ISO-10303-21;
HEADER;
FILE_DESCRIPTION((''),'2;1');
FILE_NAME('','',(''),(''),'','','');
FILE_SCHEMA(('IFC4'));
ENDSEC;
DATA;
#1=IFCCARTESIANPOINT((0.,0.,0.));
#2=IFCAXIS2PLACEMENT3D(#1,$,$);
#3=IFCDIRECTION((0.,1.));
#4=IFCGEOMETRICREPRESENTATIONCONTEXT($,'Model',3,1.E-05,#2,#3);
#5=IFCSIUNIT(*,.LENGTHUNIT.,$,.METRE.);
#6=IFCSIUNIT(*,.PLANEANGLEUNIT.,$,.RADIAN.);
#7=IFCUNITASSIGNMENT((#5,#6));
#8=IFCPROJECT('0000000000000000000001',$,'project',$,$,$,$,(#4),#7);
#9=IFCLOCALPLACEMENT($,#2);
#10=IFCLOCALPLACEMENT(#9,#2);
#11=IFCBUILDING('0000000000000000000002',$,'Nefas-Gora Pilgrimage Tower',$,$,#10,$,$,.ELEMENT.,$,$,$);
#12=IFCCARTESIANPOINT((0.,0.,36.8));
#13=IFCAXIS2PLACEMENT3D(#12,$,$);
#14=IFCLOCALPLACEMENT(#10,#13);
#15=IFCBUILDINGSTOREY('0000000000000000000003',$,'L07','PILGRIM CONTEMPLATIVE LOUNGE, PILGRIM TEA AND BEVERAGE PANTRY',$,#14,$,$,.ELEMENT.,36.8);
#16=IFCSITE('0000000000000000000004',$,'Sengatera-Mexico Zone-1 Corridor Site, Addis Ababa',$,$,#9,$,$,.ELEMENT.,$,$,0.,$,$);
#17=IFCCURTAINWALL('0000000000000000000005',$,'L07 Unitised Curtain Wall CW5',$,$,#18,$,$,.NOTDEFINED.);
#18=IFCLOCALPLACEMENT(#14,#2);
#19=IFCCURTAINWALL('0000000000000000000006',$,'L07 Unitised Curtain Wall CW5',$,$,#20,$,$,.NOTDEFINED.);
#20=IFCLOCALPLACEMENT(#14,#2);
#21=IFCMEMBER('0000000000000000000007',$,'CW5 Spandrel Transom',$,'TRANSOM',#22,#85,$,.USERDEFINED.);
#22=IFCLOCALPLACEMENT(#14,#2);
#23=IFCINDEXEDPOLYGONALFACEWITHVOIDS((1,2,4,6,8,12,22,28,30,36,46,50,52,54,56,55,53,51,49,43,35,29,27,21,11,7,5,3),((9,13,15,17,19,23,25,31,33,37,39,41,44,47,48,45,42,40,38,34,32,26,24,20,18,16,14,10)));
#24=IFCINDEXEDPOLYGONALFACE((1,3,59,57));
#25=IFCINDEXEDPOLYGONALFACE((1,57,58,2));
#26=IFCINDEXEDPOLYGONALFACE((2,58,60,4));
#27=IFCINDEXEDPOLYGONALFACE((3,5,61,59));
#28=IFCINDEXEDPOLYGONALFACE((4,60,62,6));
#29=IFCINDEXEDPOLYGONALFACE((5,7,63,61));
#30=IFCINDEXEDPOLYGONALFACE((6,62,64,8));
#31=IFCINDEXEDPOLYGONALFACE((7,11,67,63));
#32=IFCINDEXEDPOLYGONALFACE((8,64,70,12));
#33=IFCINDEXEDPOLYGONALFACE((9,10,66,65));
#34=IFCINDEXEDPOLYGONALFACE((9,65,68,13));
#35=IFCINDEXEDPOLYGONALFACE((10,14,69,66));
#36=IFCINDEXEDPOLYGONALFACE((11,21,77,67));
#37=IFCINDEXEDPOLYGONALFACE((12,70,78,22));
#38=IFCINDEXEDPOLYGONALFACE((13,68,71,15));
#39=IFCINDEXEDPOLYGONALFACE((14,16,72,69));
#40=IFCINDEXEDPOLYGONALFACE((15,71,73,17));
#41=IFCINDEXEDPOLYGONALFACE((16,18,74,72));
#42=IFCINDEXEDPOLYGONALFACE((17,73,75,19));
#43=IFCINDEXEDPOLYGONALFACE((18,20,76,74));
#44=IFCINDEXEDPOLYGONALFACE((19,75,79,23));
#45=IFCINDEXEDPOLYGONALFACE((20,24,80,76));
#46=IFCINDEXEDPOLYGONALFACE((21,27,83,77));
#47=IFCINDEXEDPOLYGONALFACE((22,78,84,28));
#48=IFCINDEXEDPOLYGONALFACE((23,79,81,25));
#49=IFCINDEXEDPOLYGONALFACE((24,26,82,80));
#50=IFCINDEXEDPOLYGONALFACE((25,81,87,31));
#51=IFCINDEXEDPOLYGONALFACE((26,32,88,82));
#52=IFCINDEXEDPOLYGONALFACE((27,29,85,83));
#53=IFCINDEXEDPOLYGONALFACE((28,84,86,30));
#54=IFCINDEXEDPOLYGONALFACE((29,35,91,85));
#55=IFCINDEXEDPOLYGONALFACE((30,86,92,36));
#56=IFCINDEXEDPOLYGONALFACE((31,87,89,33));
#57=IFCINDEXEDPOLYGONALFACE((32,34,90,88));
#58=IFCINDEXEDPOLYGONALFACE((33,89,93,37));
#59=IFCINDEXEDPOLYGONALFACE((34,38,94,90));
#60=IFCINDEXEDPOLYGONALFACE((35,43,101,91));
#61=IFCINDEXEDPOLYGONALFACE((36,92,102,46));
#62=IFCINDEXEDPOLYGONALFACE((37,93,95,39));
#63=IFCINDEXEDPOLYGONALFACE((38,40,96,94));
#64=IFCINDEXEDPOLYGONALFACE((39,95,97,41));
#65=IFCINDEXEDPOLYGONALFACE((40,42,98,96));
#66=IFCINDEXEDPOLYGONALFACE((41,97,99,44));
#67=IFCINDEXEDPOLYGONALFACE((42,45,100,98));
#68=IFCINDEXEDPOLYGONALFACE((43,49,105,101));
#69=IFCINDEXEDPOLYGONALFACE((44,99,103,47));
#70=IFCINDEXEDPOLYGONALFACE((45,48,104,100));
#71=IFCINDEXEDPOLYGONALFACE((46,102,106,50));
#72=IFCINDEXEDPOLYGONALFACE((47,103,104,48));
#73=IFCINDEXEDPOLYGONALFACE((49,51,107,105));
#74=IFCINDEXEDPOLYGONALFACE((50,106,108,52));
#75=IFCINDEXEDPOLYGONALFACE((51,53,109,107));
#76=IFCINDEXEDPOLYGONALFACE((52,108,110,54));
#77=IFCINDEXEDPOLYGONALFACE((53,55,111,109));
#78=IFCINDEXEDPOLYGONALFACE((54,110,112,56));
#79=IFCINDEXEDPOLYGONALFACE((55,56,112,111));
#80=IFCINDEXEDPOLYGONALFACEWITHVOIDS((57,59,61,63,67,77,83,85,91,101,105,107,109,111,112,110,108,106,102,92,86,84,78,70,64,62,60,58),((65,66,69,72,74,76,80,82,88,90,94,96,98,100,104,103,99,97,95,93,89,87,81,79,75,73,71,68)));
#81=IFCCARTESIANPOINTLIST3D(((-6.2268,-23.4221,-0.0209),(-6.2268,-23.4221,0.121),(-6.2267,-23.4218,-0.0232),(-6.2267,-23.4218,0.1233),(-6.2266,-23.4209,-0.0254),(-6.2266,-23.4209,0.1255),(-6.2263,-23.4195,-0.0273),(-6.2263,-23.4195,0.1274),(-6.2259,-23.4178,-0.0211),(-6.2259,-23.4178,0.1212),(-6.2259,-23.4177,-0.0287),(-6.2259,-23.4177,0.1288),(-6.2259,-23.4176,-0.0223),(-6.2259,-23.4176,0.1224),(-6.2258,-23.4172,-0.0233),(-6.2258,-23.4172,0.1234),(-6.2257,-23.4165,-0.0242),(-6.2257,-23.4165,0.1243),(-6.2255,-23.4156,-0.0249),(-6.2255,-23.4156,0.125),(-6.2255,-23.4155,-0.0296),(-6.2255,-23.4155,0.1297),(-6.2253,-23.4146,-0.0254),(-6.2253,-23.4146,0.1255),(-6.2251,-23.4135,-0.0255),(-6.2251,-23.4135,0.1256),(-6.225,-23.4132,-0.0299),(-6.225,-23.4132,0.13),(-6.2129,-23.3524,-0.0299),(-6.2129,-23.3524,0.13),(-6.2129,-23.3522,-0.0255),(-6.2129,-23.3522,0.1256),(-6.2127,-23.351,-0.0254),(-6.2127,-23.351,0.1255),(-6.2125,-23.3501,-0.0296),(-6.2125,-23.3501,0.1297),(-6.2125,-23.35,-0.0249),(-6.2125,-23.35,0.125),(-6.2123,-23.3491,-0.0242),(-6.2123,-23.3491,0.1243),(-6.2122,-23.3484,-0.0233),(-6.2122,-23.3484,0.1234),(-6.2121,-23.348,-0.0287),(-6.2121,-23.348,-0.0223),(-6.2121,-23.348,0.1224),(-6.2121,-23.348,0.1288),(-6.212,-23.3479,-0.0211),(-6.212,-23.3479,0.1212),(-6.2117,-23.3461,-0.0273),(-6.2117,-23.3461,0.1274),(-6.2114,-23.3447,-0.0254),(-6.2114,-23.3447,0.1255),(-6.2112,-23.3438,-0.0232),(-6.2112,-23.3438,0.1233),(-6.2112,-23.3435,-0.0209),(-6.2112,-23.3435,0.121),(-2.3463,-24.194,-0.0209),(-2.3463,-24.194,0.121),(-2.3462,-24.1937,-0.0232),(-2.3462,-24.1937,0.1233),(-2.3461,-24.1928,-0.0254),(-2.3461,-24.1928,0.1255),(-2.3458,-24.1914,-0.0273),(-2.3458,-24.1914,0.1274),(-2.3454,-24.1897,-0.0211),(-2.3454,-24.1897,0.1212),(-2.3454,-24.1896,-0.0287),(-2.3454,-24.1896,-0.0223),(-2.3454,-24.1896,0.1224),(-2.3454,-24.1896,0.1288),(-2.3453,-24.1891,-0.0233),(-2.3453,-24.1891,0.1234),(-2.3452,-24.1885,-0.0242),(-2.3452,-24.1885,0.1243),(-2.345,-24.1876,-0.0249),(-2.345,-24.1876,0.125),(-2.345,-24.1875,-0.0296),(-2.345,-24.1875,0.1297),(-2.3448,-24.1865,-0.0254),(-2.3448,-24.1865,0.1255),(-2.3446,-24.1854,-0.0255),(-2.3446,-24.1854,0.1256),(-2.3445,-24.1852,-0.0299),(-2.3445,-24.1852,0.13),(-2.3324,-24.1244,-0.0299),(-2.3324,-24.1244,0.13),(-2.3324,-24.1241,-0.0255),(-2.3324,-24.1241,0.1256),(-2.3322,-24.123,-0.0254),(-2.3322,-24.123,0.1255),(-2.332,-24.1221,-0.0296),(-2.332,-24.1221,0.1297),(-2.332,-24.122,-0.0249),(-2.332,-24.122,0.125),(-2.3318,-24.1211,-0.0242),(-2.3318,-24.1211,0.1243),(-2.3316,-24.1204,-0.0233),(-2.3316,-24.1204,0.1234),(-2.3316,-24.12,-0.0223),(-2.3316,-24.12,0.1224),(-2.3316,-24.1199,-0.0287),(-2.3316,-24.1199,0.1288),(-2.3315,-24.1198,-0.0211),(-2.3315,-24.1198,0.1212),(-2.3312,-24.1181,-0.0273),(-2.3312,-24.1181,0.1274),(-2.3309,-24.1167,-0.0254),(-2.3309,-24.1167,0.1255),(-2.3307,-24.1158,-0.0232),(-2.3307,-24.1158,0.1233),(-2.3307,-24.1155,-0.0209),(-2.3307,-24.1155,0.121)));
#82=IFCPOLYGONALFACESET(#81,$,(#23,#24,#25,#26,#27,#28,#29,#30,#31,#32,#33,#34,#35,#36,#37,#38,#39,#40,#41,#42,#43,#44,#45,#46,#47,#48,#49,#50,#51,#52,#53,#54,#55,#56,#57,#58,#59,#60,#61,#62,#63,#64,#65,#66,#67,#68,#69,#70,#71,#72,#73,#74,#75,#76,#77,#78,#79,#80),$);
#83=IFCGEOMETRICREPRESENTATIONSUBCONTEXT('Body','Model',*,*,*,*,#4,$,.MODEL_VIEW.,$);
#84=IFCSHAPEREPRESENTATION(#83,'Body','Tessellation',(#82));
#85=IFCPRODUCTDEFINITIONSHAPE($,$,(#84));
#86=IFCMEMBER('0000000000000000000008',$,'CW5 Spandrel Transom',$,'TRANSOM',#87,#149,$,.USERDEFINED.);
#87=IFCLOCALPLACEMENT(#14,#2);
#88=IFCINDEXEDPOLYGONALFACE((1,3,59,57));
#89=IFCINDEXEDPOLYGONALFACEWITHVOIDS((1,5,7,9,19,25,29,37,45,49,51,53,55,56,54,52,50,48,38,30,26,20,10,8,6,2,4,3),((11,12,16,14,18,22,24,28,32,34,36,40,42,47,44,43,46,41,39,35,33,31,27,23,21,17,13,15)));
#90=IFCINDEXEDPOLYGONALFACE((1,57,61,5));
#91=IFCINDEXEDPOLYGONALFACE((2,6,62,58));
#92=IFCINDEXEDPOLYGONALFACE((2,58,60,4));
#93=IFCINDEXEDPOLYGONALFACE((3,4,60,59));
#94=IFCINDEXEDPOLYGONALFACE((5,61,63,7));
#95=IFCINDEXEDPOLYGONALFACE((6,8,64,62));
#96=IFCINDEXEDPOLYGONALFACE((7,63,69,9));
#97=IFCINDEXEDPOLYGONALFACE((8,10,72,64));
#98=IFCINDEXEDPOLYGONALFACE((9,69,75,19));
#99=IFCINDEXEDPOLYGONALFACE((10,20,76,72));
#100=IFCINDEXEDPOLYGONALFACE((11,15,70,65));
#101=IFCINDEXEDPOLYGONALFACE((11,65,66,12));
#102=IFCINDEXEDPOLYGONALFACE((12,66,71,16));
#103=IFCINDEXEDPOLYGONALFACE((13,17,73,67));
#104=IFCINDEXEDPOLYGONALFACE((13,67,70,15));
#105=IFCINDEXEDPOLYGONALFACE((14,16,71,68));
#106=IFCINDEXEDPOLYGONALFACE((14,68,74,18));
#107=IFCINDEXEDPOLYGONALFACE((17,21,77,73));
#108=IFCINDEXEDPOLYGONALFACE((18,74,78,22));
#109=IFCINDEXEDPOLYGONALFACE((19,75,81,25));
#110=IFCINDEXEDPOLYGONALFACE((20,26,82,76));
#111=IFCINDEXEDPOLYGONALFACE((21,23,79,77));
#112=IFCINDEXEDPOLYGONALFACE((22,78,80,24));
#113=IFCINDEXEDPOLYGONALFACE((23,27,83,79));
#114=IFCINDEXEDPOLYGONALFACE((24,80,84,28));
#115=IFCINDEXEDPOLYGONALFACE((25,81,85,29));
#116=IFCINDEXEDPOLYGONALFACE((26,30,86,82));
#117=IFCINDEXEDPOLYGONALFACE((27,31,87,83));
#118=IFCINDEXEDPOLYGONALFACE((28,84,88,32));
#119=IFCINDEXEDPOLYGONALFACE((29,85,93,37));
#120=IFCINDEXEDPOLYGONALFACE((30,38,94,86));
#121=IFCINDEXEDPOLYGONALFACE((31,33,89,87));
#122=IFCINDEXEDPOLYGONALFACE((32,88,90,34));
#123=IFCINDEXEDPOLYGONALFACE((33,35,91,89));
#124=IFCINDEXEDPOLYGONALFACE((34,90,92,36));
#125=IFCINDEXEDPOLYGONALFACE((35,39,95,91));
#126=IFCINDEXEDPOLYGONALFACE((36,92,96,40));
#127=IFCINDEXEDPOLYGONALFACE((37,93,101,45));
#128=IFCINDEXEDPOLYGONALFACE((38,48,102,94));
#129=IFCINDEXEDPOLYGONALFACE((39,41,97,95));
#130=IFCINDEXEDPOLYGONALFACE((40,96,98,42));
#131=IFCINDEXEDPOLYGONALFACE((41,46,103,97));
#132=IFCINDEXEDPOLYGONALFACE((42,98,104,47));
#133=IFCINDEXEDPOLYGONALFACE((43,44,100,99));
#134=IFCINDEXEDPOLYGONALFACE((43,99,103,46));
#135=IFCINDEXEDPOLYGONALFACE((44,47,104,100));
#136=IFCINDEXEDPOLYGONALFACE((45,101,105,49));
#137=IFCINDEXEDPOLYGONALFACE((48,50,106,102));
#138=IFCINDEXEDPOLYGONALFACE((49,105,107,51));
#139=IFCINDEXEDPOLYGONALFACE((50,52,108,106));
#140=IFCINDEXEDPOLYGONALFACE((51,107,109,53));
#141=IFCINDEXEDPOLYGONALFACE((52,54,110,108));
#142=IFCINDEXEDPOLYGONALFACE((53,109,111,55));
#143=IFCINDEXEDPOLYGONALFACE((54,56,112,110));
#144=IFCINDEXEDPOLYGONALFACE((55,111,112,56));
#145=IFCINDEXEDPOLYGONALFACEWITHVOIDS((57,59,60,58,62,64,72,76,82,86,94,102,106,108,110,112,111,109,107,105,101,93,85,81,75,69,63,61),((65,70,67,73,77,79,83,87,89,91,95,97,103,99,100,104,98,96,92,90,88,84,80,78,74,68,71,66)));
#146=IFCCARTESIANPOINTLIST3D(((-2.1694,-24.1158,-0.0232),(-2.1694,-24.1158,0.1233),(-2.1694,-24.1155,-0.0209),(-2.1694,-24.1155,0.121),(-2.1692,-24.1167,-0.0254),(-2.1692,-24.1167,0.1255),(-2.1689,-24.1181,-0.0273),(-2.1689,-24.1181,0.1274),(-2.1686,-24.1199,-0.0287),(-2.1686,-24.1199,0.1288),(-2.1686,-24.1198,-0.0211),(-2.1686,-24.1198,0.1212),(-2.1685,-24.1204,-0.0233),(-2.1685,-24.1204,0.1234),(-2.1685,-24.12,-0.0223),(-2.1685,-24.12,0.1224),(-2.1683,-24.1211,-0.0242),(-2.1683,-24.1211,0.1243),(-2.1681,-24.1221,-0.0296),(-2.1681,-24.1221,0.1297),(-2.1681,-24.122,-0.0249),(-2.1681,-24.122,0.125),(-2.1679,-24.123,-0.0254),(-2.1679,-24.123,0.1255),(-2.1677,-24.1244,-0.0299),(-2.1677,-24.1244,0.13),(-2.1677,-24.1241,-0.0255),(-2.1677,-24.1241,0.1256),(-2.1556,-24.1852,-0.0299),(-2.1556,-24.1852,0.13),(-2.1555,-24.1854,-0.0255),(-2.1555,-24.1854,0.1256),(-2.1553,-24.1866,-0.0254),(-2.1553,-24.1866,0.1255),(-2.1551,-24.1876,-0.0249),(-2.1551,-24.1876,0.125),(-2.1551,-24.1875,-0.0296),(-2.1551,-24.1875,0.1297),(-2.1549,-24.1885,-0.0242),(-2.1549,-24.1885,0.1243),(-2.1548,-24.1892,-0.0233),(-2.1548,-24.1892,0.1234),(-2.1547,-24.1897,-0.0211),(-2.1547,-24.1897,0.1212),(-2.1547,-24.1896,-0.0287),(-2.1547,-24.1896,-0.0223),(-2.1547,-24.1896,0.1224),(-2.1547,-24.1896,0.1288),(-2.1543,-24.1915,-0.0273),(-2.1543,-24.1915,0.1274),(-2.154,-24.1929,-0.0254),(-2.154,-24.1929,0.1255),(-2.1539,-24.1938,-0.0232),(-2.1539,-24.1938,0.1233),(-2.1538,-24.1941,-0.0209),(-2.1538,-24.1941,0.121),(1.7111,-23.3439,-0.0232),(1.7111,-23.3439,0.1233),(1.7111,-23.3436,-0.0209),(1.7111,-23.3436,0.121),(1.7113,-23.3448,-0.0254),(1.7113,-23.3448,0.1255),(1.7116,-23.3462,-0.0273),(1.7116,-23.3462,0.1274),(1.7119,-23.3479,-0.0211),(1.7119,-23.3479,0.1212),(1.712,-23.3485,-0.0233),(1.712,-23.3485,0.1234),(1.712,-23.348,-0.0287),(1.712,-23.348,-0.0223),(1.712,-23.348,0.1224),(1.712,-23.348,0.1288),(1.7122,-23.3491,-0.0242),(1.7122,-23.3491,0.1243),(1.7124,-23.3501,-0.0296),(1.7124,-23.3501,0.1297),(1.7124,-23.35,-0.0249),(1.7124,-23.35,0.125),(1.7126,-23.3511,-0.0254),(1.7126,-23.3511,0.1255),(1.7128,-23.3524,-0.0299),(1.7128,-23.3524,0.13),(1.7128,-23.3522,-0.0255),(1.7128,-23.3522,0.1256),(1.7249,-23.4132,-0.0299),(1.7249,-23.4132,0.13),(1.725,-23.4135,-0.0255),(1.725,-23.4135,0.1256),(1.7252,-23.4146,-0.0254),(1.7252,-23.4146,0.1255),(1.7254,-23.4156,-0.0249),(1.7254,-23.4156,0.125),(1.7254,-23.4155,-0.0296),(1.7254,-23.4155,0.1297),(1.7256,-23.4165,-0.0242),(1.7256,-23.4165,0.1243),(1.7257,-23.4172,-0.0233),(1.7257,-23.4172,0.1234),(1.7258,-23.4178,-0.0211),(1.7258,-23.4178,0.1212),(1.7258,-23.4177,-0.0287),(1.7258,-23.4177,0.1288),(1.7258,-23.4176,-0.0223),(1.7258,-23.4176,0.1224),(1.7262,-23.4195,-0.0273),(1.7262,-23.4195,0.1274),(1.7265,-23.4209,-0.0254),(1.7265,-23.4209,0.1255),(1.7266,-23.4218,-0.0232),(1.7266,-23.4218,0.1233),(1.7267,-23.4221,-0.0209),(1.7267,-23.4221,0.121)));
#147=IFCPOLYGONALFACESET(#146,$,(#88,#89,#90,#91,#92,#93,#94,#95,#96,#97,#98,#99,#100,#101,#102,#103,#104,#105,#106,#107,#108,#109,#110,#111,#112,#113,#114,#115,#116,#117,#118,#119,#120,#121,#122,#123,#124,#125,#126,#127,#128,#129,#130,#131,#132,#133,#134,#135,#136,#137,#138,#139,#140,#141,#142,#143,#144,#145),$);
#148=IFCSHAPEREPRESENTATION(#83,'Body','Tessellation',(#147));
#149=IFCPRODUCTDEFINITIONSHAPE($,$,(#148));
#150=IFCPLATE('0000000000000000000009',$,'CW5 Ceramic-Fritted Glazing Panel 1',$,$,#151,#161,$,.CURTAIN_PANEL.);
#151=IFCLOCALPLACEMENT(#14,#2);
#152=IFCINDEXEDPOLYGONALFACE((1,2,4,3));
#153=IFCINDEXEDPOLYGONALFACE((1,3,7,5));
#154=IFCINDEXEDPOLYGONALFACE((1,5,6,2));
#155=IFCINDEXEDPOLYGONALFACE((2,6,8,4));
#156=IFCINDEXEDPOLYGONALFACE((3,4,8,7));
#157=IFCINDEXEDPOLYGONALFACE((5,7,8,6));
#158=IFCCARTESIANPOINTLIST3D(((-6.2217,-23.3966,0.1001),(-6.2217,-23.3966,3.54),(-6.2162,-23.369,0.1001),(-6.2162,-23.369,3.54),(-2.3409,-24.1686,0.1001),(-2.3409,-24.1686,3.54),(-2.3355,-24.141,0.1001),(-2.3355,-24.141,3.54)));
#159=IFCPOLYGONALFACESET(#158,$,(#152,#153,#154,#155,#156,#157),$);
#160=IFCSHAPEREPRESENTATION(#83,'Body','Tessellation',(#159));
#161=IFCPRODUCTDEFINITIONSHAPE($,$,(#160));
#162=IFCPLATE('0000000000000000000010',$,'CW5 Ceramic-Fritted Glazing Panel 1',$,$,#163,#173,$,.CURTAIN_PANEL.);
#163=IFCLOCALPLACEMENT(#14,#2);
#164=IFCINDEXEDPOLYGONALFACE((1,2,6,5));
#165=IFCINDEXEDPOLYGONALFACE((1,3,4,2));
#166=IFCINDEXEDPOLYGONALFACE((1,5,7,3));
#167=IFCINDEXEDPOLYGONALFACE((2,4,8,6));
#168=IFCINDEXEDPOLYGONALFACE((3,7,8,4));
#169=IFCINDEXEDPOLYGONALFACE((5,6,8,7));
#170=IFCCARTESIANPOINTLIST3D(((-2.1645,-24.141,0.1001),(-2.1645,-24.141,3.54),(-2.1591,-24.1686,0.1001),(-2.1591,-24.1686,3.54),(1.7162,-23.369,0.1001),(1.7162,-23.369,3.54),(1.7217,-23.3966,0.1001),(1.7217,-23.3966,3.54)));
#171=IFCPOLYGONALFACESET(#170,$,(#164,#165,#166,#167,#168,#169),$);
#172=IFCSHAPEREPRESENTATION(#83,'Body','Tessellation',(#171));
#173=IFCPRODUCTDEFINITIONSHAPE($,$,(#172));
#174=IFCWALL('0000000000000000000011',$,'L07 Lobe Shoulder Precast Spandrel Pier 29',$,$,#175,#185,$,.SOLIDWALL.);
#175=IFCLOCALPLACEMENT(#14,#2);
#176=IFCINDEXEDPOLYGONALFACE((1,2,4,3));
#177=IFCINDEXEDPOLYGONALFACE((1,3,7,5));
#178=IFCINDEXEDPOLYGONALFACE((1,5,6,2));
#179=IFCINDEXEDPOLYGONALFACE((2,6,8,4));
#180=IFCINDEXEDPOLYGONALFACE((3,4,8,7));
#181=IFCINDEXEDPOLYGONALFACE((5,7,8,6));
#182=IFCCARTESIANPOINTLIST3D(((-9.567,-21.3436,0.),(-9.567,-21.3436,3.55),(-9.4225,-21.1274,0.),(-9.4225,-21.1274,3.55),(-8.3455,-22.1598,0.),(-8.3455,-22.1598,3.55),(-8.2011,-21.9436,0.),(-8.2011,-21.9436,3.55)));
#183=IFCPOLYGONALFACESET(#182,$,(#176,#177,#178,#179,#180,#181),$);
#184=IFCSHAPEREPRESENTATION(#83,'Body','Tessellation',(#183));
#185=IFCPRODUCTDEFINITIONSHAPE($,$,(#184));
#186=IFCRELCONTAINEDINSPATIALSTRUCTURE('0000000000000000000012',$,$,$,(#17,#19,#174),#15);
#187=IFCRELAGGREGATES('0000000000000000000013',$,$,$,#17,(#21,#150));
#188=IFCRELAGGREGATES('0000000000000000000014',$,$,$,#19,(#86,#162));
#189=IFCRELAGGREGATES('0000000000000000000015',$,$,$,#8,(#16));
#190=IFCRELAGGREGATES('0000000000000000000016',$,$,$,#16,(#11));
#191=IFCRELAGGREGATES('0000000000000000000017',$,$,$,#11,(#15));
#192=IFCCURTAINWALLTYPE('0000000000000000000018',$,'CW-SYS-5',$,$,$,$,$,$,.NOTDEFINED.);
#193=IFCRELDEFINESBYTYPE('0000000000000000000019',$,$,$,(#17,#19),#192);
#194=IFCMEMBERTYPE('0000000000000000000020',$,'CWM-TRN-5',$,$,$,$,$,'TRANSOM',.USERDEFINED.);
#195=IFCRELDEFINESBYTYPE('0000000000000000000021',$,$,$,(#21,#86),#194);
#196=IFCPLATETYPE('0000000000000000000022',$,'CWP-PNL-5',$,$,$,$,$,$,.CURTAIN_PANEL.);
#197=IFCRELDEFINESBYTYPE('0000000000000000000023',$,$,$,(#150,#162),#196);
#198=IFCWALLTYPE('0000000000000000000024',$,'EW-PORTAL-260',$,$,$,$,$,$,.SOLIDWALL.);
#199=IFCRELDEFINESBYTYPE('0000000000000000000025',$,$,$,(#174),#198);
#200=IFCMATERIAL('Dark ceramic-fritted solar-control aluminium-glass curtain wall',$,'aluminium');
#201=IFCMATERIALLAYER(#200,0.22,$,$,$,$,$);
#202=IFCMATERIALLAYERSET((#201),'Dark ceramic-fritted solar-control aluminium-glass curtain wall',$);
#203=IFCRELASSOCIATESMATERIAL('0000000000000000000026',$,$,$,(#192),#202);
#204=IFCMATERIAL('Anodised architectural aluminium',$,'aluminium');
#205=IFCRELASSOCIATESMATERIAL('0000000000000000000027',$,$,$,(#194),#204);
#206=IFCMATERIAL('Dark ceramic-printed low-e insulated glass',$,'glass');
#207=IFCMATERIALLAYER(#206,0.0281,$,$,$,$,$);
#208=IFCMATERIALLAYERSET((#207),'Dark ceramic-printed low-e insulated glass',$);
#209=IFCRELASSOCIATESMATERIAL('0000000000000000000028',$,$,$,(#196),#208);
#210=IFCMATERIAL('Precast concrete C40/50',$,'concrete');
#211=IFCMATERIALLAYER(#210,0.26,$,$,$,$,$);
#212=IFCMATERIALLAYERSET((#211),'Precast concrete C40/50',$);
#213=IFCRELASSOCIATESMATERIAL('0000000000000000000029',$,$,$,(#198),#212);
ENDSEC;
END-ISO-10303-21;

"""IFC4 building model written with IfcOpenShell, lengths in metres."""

from ifc_helpers import new_model, si_unit, direction, frame, frame_2d, origin, origin_2d, place, context, subcontext, project, spatial, rectangle, hollow_rectangle, extrude, source, transform, mapped, material, layer, layer_set, material_profile, profile_set, type_object, element, aggregate, save


model = new_model("IFC4")

# Units and contexts
model_context = context("Model", 3, precision=1e-05, world=origin(), true_north=direction((0.0, 1.0)))
body_context = subcontext(model_context, "Body", "Model", "MODEL_VIEW")
ifc_project = project(units=[si_unit("LENGTHUNIT", "METRE"), si_unit("PLANEANGLEUNIT", "RADIAN")], contexts=[model_context])

# Site, building, storey
site_placement = place(None, origin())
site = spatial("IfcSite", under=ifc_project, at=site_placement, Name="Sengatera-Mexico Zone-1 Corridor Site, Addis Ababa", CompositionType="ELEMENT", RefElevation=0.0)
building_placement = place(site_placement, origin())
building = spatial("IfcBuilding", under=site, at=building_placement, Name="Nefas-Gora Pilgrimage Tower", CompositionType="ELEMENT")
storey_placement = place(building_placement, frame((0.0, 0.0, 36.8)))
storey = spatial("IfcBuildingStorey", under=building, at=storey_placement, Name="L07", Description="PILGRIM CONTEMPLATIVE LOUNGE, PILGRIM TEA AND BEVERAGE PANTRY", CompositionType="ELEMENT", Elevation=36.8)

# Shared definitions
ifc_material_1 = material(Name="Dark ceramic-fritted solar-control aluminium-glass curtain wall", Category="aluminium")
ifc_layer_1 = layer(ifc_material_1, 0.22)
ifc_layer_set_1 = layer_set([ifc_layer_1], Name="Dark ceramic-fritted solar-control aluminium-glass curtain wall")
curtain_wall_type = type_object("IfcCurtainWallType", Name="CW-SYS-5", PredefinedType="NOTDEFINED", material=ifc_layer_set_1)
ifc_material_2 = material(Name="Anodised architectural aluminium", Category="aluminium")

# Curtain wall
curtain_wall_1_placement = place(storey_placement, origin())
curtain_wall_1 = element("IfcCurtainWall", 1, at=curtain_wall_1_placement, inside=storey, type_object=curtain_wall_type, Name="L07 Unitised Curtain Wall CW5", PredefinedType="NOTDEFINED")

# Curtain wall
curtain_wall_2_placement = place(storey_placement, origin())
curtain_wall_2 = element("IfcCurtainWall", 2, at=curtain_wall_2_placement, inside=storey, type_object=curtain_wall_type, Name="L07 Unitised Curtain Wall CW5", PredefinedType="NOTDEFINED")

# Members
ifc_material_profile_1 = material_profile(ifc_material_2, hollow_rectangle(XDim=0.0801, YDim=0.1599, WallThickness=0.0044, InnerFilletRadius=0.0044, OuterFilletRadius=0.009, at=origin_2d()), Name="ALU TRANSOM 80x160")
ifc_profile_set_1 = profile_set([ifc_material_profile_1], Name="Anodised architectural aluminium")
member_type_1 = type_object("IfcMemberType", Name="CWM-TRN-5", ElementType="TRANSOM", PredefinedType="USERDEFINED", material=ifc_profile_set_1)
shared_shape_1 = source(origin(), body_context, "Body", "SweptSolid", [
    extrude(hollow_rectangle(XDim=0.0801, YDim=0.1599, WallThickness=0.0044, InnerFilletRadius=0.0044, OuterFilletRadius=0.009, at=origin_2d()), origin(), (0.0, 0.0, 1.0), 3.9565),
])
member_1_placement = place(storey_placement, frame((-6.219, -23.3828, 0.05), z_axis=(0.980782, -0.195107, 0.0), x_axis=(0.195107, 0.980782, 0.0)))
member_1 = element("IfcMember", 3, at=member_1_placement, type_object=member_type_1, Name="CW5 Spandrel Transom", ObjectType="TRANSOM", PredefinedType="USERDEFINED", context=body_context, shape_type="MappedRepresentation", body=[
    mapped(shared_shape_1, transform((0.0, 0.0, 0.0), x_axis=(1.0, 0.0, 0.0), y_axis=(0.0, 1.0, 0.0), z_axis=(0.0, 0.0, 1.0), scale=1.0)),
])
member_2_placement = place(storey_placement, frame((-2.1616, -24.1548, 0.05), z_axis=(0.980782, 0.195107, 0.0), x_axis=(-0.195107, 0.980782, 0.0)))
member_2 = element("IfcMember", 4, at=member_2_placement, type_object=member_type_1, Name="CW5 Spandrel Transom", ObjectType="TRANSOM", PredefinedType="USERDEFINED", context=body_context, shape_type="MappedRepresentation", body=[
    mapped(shared_shape_1, transform((0.0, 0.0, 0.0), x_axis=(1.0, 0.0, 0.0), y_axis=(0.0, 1.0, 0.0), z_axis=(0.0, 0.0, 1.0), scale=1.0)),
])

# Plates
ifc_material_3 = material(Name="Dark ceramic-printed low-e insulated glass", Category="glass")
ifc_layer_2 = layer(ifc_material_3, 0.0281)
ifc_layer_set_2 = layer_set([ifc_layer_2], Name="Dark ceramic-printed low-e insulated glass")
plate_type = type_object("IfcPlateType", Name="CWP-PNL-5", PredefinedType="CURTAIN_PANEL", material=ifc_layer_set_2)
shared_shape_2 = source(origin(), body_context, "Body", "SweptSolid", [
    extrude(rectangle(XDim=3.9568, YDim=0.0281, at=origin_2d()), origin(), (0.0, 0.0, 1.0), 3.4399),
])
plate_1_placement = place(storey_placement, frame((-4.2786, -23.7688, 0.1001), z_axis=(0.0, 0.0, 1.0), x_axis=(0.980783, -0.195102, 0.0)))
plate_1 = element("IfcPlate", 5, at=plate_1_placement, type_object=plate_type, Name="CW5 Ceramic-Fritted Glazing Panel 1", PredefinedType="CURTAIN_PANEL", context=body_context, shape_type="MappedRepresentation", body=[
    mapped(shared_shape_2, transform((0.0, 0.0, 0.0), x_axis=(1.0, 0.0, 0.0), y_axis=(0.0, 1.0, 0.0), z_axis=(0.0, 0.0, 1.0), scale=1.0)),
])
aggregate(curtain_wall_1, [member_1, plate_1])
plate_2_placement = place(storey_placement, frame((-0.2214, -23.7688, 0.1001), z_axis=(0.0, 0.0, 1.0), x_axis=(0.980783, 0.195102, 0.0)))
plate_2 = element("IfcPlate", 6, at=plate_2_placement, type_object=plate_type, Name="CW5 Ceramic-Fritted Glazing Panel 1", PredefinedType="CURTAIN_PANEL", context=body_context, shape_type="MappedRepresentation", body=[
    mapped(shared_shape_2, transform((0.0, 0.0, 0.0), x_axis=(1.0, 0.0, 0.0), y_axis=(0.0, 1.0, 0.0), z_axis=(0.0, 0.0, 1.0), scale=1.0)),
])
aggregate(curtain_wall_2, [member_2, plate_2])

# Wall
ifc_material_4 = material(Name="Precast concrete C40/50", Category="concrete")
ifc_layer_3 = layer(ifc_material_4, 0.26)
ifc_layer_set_3 = layer_set([ifc_layer_3], Name="Precast concrete C40/50")
wall_type_1 = type_object("IfcWallType", Name="EW-PORTAL-260", PredefinedType="SOLIDWALL", material=ifc_layer_set_3)
shared_shape_3 = source(origin(), body_context, "Body", "SweptSolid", [
    extrude(rectangle(XDim=1.469, YDim=0.26, at=frame_2d((0.7344, 0.0))), origin(), (0.0, 0.0, 1.0), 3.55),
])
wall_1_placement = place(storey_placement, frame((-9.4946, -21.2356, 0.0), z_axis=(0.0, 0.0, 1.0), x_axis=(0.831462, -0.555582, 0.0)))
element("IfcWall", 7, at=wall_1_placement, inside=storey, type_object=wall_type_1, Name="L07 Lobe Shoulder Precast Spandrel Pier 29", PredefinedType="SOLIDWALL", context=body_context, shape_type="MappedRepresentation", body=[
    mapped(shared_shape_3, transform((0.0, 0.0, 0.0), x_axis=(1.0, 0.0, 0.0), y_axis=(0.0, 1.0, 0.0), z_axis=(0.0, 0.0, 1.0), scale=1.0)),
])

save(model, "model.ifc")
